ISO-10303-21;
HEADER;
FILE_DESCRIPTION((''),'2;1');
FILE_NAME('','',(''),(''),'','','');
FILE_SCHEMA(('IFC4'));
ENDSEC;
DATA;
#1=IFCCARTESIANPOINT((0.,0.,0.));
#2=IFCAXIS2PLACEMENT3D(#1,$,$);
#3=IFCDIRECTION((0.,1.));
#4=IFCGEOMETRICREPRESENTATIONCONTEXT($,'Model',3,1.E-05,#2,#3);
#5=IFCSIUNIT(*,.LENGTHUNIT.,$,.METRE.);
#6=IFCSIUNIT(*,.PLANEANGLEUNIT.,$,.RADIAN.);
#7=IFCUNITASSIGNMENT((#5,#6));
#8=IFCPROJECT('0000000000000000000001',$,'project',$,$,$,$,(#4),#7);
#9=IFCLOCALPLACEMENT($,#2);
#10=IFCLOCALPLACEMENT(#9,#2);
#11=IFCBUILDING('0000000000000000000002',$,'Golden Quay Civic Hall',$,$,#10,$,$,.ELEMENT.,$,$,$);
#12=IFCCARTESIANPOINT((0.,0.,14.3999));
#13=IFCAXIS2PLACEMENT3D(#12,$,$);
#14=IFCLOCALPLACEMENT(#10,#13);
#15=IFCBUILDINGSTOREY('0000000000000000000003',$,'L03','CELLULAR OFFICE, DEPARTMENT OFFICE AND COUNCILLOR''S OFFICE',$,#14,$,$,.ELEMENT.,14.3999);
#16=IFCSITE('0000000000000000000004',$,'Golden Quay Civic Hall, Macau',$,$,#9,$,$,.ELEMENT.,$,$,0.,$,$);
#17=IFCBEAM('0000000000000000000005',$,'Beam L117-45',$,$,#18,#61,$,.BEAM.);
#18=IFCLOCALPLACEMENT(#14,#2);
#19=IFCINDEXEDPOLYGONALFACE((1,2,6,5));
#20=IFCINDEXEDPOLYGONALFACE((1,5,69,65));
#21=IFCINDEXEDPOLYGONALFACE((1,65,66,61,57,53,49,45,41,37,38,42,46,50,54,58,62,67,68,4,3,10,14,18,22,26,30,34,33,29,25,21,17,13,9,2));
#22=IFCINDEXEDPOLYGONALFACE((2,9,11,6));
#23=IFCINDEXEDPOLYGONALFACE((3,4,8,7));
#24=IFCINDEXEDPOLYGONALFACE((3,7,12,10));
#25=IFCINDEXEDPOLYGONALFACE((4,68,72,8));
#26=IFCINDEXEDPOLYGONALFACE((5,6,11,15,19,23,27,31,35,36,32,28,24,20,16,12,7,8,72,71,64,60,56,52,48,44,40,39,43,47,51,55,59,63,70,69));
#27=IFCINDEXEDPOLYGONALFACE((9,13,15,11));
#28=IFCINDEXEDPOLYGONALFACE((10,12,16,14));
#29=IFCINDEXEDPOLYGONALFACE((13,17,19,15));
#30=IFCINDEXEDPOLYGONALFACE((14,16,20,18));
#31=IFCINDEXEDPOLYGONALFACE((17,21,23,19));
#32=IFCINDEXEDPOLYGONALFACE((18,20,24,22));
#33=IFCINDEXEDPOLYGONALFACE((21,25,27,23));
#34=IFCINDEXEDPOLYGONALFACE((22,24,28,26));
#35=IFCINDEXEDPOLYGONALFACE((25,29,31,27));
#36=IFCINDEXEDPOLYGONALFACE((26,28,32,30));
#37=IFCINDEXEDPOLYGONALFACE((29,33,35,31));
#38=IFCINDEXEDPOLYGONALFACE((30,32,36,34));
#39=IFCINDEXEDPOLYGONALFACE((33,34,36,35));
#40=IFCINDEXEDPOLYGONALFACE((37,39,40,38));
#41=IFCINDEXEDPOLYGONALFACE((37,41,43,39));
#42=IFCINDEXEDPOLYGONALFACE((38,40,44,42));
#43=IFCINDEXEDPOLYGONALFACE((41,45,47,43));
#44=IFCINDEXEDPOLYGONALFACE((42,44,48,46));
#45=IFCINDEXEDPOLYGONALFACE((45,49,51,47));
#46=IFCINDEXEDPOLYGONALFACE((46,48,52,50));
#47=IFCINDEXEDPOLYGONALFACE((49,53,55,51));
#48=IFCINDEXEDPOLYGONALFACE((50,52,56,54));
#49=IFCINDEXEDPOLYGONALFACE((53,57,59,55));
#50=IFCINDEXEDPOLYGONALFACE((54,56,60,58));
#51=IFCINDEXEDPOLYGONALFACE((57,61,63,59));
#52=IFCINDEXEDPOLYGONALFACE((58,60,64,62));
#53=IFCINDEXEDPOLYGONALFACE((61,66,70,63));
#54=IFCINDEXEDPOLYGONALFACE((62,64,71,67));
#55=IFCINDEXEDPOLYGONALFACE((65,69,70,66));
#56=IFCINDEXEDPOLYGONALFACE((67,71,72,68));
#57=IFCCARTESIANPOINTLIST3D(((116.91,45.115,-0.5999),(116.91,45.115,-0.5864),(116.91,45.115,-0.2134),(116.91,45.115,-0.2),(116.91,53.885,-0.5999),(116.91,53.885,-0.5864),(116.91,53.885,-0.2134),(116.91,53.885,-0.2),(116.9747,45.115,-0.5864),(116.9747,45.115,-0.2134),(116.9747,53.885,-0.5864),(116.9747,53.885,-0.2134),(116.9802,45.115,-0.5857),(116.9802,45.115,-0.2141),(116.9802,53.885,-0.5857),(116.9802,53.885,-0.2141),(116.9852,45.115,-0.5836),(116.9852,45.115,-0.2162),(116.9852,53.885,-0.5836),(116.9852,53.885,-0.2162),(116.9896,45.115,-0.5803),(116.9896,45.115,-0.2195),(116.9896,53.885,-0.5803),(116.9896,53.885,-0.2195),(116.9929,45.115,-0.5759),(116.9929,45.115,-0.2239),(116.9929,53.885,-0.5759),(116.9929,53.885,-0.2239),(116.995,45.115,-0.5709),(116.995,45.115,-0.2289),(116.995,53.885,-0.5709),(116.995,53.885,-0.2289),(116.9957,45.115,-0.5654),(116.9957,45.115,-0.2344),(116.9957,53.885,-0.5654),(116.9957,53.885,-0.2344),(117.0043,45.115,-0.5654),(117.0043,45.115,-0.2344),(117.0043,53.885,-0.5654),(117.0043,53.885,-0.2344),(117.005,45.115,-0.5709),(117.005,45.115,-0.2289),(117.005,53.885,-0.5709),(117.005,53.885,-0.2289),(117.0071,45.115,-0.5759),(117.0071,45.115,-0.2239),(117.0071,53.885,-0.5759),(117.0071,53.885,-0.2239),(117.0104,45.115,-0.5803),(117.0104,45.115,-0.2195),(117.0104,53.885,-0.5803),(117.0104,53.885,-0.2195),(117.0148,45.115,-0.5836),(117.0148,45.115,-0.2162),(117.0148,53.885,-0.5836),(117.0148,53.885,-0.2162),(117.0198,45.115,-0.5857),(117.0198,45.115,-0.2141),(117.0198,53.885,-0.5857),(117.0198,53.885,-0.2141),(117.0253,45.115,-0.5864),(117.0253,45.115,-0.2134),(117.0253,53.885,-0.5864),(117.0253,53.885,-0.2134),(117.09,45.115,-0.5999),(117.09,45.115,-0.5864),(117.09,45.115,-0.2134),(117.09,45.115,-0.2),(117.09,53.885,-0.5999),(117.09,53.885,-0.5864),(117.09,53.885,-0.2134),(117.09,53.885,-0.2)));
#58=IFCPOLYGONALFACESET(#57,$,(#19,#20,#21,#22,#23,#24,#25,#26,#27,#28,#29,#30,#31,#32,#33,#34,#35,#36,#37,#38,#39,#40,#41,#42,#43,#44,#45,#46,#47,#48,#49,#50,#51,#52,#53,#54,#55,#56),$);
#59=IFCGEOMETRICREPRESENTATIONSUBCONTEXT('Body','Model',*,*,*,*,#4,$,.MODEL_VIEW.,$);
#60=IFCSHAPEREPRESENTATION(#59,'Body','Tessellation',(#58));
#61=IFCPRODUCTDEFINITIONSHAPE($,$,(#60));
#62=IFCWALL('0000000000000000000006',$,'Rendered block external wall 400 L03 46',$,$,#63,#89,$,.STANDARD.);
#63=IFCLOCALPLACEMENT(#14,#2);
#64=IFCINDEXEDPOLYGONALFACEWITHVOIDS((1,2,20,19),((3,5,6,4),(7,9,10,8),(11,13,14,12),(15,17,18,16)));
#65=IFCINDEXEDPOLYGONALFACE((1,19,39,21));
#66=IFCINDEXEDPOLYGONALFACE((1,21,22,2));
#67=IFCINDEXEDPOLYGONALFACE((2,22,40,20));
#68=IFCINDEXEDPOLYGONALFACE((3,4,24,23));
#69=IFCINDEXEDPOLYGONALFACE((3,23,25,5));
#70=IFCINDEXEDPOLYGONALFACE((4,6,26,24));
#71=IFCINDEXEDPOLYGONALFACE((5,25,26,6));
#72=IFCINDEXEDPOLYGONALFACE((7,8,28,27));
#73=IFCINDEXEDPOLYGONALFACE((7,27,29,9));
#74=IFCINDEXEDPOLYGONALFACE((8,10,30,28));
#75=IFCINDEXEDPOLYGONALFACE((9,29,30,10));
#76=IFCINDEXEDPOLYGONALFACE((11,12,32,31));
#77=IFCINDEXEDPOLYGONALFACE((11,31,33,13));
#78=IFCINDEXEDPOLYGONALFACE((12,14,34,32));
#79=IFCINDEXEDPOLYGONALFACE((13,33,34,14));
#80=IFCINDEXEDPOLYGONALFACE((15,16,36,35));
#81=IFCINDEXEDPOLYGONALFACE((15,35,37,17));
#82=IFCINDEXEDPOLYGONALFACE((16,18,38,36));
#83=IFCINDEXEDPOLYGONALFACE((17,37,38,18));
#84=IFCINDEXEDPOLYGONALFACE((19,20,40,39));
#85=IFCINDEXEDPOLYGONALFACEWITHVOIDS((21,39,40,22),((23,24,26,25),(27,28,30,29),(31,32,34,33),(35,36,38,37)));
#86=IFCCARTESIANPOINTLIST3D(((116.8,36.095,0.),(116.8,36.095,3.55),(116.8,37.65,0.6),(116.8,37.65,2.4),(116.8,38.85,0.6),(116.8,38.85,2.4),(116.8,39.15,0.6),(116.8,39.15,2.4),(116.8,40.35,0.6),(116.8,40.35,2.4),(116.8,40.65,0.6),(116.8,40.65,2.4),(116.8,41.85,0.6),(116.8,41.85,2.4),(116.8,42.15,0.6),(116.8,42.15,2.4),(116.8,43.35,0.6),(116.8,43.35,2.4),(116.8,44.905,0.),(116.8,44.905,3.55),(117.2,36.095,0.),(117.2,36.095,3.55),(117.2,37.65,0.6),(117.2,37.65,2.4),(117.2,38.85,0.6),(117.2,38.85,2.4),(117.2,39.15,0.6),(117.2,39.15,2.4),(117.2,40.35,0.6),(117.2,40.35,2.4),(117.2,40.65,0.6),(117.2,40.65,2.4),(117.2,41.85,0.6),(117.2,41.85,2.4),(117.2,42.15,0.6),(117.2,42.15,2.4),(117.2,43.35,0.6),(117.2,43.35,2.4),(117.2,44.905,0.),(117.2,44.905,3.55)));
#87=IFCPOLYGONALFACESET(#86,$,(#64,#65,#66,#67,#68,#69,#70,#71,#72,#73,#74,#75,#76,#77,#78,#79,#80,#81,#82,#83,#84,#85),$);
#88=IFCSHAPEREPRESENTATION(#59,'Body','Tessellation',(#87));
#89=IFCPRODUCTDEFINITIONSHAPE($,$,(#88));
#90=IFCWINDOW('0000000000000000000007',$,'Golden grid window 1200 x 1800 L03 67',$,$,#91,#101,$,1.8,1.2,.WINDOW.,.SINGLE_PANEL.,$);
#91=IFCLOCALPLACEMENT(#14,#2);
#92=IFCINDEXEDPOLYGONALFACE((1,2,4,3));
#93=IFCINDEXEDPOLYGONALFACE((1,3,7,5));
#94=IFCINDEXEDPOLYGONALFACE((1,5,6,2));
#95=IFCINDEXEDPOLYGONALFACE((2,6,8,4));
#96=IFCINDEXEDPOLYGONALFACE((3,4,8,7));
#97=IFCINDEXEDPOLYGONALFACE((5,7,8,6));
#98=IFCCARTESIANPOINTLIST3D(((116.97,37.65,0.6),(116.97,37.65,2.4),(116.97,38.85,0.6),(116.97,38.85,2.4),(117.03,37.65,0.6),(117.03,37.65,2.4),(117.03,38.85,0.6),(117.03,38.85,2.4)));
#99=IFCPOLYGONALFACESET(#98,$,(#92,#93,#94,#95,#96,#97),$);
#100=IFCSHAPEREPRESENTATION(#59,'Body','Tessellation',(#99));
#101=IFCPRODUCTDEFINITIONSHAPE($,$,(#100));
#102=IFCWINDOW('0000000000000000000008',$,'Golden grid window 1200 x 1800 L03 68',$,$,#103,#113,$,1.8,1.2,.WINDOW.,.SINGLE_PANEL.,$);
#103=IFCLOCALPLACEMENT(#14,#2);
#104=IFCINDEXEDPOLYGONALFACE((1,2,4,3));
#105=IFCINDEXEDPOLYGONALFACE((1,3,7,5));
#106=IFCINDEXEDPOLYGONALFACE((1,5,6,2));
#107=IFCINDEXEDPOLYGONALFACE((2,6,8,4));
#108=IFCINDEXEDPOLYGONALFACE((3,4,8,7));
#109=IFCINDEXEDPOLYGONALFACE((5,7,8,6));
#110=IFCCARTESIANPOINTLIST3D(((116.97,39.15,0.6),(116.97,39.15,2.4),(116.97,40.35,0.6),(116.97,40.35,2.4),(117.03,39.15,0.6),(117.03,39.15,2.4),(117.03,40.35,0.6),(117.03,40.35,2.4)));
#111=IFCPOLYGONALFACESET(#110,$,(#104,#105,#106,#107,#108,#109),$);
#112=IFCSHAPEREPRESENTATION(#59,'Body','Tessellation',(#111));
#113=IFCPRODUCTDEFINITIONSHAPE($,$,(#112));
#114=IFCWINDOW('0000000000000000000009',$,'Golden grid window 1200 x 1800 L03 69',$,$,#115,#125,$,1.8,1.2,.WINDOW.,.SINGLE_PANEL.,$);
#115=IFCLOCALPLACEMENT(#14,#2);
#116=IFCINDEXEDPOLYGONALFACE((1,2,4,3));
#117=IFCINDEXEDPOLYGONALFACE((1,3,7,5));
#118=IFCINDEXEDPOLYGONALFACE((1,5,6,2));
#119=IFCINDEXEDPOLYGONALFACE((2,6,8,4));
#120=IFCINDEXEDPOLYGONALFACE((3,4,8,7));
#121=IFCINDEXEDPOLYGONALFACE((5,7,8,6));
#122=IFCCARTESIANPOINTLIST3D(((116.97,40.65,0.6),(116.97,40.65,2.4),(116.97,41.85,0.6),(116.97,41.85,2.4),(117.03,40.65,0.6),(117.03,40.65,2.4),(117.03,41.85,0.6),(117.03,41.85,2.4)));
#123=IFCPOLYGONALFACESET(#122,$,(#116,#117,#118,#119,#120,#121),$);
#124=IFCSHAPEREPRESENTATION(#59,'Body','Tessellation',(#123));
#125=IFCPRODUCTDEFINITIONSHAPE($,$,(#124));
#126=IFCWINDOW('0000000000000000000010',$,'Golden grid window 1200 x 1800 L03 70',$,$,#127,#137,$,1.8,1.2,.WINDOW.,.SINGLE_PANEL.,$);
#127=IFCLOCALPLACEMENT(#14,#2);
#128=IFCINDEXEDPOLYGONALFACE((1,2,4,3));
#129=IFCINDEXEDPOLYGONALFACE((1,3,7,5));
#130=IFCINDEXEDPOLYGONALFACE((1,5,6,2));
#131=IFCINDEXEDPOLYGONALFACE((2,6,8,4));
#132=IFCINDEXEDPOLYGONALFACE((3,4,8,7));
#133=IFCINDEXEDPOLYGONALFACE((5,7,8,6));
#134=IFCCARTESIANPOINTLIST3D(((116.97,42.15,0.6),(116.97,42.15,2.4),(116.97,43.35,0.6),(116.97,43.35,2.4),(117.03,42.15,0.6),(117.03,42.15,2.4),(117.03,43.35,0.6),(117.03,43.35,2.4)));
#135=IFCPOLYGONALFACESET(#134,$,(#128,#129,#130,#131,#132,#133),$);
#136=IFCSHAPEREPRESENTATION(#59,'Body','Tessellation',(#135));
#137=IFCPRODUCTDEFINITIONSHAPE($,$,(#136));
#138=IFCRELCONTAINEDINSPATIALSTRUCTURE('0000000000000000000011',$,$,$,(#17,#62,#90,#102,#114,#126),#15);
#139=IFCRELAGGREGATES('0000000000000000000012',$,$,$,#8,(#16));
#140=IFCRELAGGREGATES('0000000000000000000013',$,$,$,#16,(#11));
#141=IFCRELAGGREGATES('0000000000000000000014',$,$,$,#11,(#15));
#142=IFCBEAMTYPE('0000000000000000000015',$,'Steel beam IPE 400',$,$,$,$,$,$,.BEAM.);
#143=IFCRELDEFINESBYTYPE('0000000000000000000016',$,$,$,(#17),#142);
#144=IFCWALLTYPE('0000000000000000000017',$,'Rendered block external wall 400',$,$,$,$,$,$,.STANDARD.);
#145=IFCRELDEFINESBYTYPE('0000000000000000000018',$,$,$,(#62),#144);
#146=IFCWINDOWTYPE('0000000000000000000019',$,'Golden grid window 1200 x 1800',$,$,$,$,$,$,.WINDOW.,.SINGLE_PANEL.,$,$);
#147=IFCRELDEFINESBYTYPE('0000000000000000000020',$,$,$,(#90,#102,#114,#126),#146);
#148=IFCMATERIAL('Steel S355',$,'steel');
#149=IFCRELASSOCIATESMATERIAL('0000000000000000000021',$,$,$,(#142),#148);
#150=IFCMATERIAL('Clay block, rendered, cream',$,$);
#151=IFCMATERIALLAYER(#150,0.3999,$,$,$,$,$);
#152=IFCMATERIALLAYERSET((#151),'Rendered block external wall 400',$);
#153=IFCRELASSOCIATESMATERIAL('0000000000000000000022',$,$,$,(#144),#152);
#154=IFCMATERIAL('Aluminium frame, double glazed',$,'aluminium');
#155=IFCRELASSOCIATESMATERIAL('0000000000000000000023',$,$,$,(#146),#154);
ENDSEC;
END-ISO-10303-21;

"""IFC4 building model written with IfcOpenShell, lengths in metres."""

from ifc_helpers import new_model, si_unit, direction, frame, frame_2d, origin, origin_2d, place, context, subcontext, project, spatial, rectangle, i_section, extrude, material, layer, layer_set, material_profile, profile_set, type_object, element, fill, save


model = new_model("IFC4")

# Units and contexts
model_context = context("Model", 3, precision=1e-05, world=origin(), true_north=direction((0.0, 1.0)))
body_context = subcontext(model_context, "Body", "Model", "MODEL_VIEW")
ifc_project = project(units=[si_unit("LENGTHUNIT", "METRE"), si_unit("PLANEANGLEUNIT", "RADIAN")], contexts=[model_context])

# Site, building, storey
site_placement = place(None, origin())
site = spatial("IfcSite", under=ifc_project, at=site_placement, Name="Golden Quay Civic Hall, Macau", CompositionType="ELEMENT", RefElevation=0.0)
building_placement = place(site_placement, origin())
building = spatial("IfcBuilding", under=site, at=building_placement, Name="Golden Quay Civic Hall", CompositionType="ELEMENT")
storey_placement = place(building_placement, frame((0.0, 0.0, 14.3999)))
storey = spatial("IfcBuildingStorey", under=building, at=storey_placement, Name="L03", Description="CELLULAR OFFICE, DEPARTMENT OFFICE AND COUNCILLOR'S OFFICE", CompositionType="ELEMENT", Elevation=14.3999)

# Beam
ifc_material_1 = material(Name="Steel S355", Category="steel")
ifc_material_profile_1 = material_profile(ifc_material_1, i_section(OverallWidth=0.1799, OverallDepth=0.3999, WebThickness=0.0085, FlangeThickness=0.0134, FilletRadius=0.021, at=origin_2d()), Name="IPE 400")
ifc_profile_set_1 = profile_set([ifc_material_profile_1], Name="Steel S355")
beam_type_1 = type_object("IfcBeamType", Name="Steel beam IPE 400", PredefinedType="BEAM", material=ifc_profile_set_1)
beam_1_placement = place(storey_placement, frame((117.0, 45.115, -0.3999), z_axis=(0.0, 1.0, 0.0), x_axis=(-1.0, 0.0, 0.0)))
element("IfcBeam", 1, at=beam_1_placement, inside=storey, type_object=beam_type_1, Name="Beam L117-45", PredefinedType="BEAM", context=body_context, shape_type="SweptSolid", body=[
    extrude(i_section(OverallWidth=0.1799, OverallDepth=0.3999, WebThickness=0.0085, FlangeThickness=0.0134, FilletRadius=0.021, at=origin_2d()), origin(), (0.0, 0.0, 1.0), 8.77),
])

# Wall, openings, windows
ifc_material_2 = material(Name="Clay block, rendered, cream")
ifc_layer_1 = layer(ifc_material_2, 0.3999)
ifc_layer_set_1 = layer_set([ifc_layer_1], Name="Rendered block external wall 400")
wall_type_1 = type_object("IfcWallType", Name="Rendered block external wall 400", PredefinedType="STANDARD", material=ifc_layer_set_1)
wall_1_placement = place(storey_placement, frame((117.0, 44.905, 0.0), z_axis=(0.0, 0.0, 1.0), x_axis=(0.0, -1.0, 0.0)))
wall_1 = element("IfcWall", 2, at=wall_1_placement, inside=storey, type_object=wall_type_1, Name="Rendered block external wall 400 L03 46", PredefinedType="STANDARD", context=body_context, shape_type="SweptSolid", body=[
    extrude(rectangle(XDim=8.8101, YDim=0.3999, at=frame_2d((4.405, 0.0))), origin(), (0.0, 0.0, 1.0), 3.55),
])
opening_1_placement = place(wall_1_placement, frame((6.0549, 0.0, 0.6001)))
opening_1 = element("IfcOpeningElement", 3, at=opening_1_placement, cuts=wall_1, PredefinedType="OPENING", context=body_context, shape_type="SweptSolid", body=[
    extrude(rectangle(XDim=1.2, YDim=1.8, at=frame_2d((0.6001, 0.8999))), frame((0.0, 0.21, 0.0), z_axis=(0.0, -1.0, 0.0), x_axis=(1.0, 0.0, 0.0)), (0.0, 0.0, 1.0), 0.4199),
])
opening_2_placement = place(wall_1_placement, frame((4.5549, 0.0, 0.6001)))
opening_2 = element("IfcOpeningElement", 4, at=opening_2_placement, cuts=wall_1, PredefinedType="OPENING", context=body_context, shape_type="SweptSolid", body=[
    extrude(rectangle(XDim=1.2, YDim=1.8, at=frame_2d((0.6001, 0.8999))), frame((0.0, 0.21, 0.0), z_axis=(0.0, -1.0, 0.0), x_axis=(1.0, 0.0, 0.0)), (0.0, 0.0, 1.0), 0.4199),
])
opening_3_placement = place(wall_1_placement, frame((3.0549, 0.0, 0.6001)))
opening_3 = element("IfcOpeningElement", 5, at=opening_3_placement, cuts=wall_1, PredefinedType="OPENING", context=body_context, shape_type="SweptSolid", body=[
    extrude(rectangle(XDim=1.2, YDim=1.8, at=frame_2d((0.6001, 0.8999))), frame((0.0, 0.21, 0.0), z_axis=(0.0, -1.0, 0.0), x_axis=(1.0, 0.0, 0.0)), (0.0, 0.0, 1.0), 0.4199),
])
opening_4_placement = place(wall_1_placement, frame((1.5549, 0.0, 0.6001)))
opening_4 = element("IfcOpeningElement", 6, at=opening_4_placement, cuts=wall_1, PredefinedType="OPENING", context=body_context, shape_type="SweptSolid", body=[
    extrude(rectangle(XDim=1.2, YDim=1.8, at=frame_2d((0.6001, 0.8999))), frame((0.0, 0.21, 0.0), z_axis=(0.0, -1.0, 0.0), x_axis=(1.0, 0.0, 0.0)), (0.0, 0.0, 1.0), 0.4199),
])
ifc_material_3 = material(Name="Aluminium frame, double glazed", Category="aluminium")
window_type = type_object("IfcWindowType", Name="Golden grid window 1200 x 1800", PartitioningType="SINGLE_PANEL", PredefinedType="WINDOW", material=ifc_material_3)
window_1_placement = place(opening_1_placement, origin())
window_1 = element("IfcWindow", 7, at=window_1_placement, inside=storey, type_object=window_type, Name="Golden grid window 1200 x 1800 L03 67", OverallHeight=1.8, OverallWidth=1.2, PartitioningType="SINGLE_PANEL", PredefinedType="WINDOW", context=body_context, shape_type="SweptSolid", body=[
    extrude(rectangle(XDim=1.2, YDim=1.8, at=frame_2d((0.6001, 0.8999))), frame((0.0, 0.03, 0.0), z_axis=(0.0, -1.0, 0.0), x_axis=(1.0, 0.0, 0.0)), (0.0, 0.0, 1.0), 0.0601),
])
fill(opening_1, window_1)
window_2_placement = place(opening_2_placement, origin())
window_2 = element("IfcWindow", 8, at=window_2_placement, inside=storey, type_object=window_type, Name="Golden grid window 1200 x 1800 L03 68", OverallHeight=1.8, OverallWidth=1.2, PartitioningType="SINGLE_PANEL", PredefinedType="WINDOW", context=body_context, shape_type="SweptSolid", body=[
    extrude(rectangle(XDim=1.2, YDim=1.8, at=frame_2d((0.6001, 0.8999))), frame((0.0, 0.03, 0.0), z_axis=(0.0, -1.0, 0.0), x_axis=(1.0, 0.0, 0.0)), (0.0, 0.0, 1.0), 0.0601),
])
fill(opening_2, window_2)
window_3_placement = place(opening_3_placement, origin())
window_3 = element("IfcWindow", 9, at=window_3_placement, inside=storey, type_object=window_type, Name="Golden grid window 1200 x 1800 L03 69", OverallHeight=1.8, OverallWidth=1.2, PartitioningType="SINGLE_PANEL", PredefinedType="WINDOW", context=body_context, shape_type="SweptSolid", body=[
    extrude(rectangle(XDim=1.2, YDim=1.8, at=frame_2d((0.6001, 0.8999))), frame((0.0, 0.03, 0.0), z_axis=(0.0, -1.0, 0.0), x_axis=(1.0, 0.0, 0.0)), (0.0, 0.0, 1.0), 0.0601),
])
fill(opening_3, window_3)
window_4_placement = place(opening_4_placement, origin())
window_4 = element("IfcWindow", 10, at=window_4_placement, inside=storey, type_object=window_type, Name="Golden grid window 1200 x 1800 L03 70", OverallHeight=1.8, OverallWidth=1.2, PartitioningType="SINGLE_PANEL", PredefinedType="WINDOW", context=body_context, shape_type="SweptSolid", body=[
    extrude(rectangle(XDim=1.2, YDim=1.8, at=frame_2d((0.6001, 0.8999))), frame((0.0, 0.03, 0.0), z_axis=(0.0, -1.0, 0.0), x_axis=(1.0, 0.0, 0.0)), (0.0, 0.0, 1.0), 0.0601),
])
fill(opening_4, window_4)

save(model, "model.ifc")
